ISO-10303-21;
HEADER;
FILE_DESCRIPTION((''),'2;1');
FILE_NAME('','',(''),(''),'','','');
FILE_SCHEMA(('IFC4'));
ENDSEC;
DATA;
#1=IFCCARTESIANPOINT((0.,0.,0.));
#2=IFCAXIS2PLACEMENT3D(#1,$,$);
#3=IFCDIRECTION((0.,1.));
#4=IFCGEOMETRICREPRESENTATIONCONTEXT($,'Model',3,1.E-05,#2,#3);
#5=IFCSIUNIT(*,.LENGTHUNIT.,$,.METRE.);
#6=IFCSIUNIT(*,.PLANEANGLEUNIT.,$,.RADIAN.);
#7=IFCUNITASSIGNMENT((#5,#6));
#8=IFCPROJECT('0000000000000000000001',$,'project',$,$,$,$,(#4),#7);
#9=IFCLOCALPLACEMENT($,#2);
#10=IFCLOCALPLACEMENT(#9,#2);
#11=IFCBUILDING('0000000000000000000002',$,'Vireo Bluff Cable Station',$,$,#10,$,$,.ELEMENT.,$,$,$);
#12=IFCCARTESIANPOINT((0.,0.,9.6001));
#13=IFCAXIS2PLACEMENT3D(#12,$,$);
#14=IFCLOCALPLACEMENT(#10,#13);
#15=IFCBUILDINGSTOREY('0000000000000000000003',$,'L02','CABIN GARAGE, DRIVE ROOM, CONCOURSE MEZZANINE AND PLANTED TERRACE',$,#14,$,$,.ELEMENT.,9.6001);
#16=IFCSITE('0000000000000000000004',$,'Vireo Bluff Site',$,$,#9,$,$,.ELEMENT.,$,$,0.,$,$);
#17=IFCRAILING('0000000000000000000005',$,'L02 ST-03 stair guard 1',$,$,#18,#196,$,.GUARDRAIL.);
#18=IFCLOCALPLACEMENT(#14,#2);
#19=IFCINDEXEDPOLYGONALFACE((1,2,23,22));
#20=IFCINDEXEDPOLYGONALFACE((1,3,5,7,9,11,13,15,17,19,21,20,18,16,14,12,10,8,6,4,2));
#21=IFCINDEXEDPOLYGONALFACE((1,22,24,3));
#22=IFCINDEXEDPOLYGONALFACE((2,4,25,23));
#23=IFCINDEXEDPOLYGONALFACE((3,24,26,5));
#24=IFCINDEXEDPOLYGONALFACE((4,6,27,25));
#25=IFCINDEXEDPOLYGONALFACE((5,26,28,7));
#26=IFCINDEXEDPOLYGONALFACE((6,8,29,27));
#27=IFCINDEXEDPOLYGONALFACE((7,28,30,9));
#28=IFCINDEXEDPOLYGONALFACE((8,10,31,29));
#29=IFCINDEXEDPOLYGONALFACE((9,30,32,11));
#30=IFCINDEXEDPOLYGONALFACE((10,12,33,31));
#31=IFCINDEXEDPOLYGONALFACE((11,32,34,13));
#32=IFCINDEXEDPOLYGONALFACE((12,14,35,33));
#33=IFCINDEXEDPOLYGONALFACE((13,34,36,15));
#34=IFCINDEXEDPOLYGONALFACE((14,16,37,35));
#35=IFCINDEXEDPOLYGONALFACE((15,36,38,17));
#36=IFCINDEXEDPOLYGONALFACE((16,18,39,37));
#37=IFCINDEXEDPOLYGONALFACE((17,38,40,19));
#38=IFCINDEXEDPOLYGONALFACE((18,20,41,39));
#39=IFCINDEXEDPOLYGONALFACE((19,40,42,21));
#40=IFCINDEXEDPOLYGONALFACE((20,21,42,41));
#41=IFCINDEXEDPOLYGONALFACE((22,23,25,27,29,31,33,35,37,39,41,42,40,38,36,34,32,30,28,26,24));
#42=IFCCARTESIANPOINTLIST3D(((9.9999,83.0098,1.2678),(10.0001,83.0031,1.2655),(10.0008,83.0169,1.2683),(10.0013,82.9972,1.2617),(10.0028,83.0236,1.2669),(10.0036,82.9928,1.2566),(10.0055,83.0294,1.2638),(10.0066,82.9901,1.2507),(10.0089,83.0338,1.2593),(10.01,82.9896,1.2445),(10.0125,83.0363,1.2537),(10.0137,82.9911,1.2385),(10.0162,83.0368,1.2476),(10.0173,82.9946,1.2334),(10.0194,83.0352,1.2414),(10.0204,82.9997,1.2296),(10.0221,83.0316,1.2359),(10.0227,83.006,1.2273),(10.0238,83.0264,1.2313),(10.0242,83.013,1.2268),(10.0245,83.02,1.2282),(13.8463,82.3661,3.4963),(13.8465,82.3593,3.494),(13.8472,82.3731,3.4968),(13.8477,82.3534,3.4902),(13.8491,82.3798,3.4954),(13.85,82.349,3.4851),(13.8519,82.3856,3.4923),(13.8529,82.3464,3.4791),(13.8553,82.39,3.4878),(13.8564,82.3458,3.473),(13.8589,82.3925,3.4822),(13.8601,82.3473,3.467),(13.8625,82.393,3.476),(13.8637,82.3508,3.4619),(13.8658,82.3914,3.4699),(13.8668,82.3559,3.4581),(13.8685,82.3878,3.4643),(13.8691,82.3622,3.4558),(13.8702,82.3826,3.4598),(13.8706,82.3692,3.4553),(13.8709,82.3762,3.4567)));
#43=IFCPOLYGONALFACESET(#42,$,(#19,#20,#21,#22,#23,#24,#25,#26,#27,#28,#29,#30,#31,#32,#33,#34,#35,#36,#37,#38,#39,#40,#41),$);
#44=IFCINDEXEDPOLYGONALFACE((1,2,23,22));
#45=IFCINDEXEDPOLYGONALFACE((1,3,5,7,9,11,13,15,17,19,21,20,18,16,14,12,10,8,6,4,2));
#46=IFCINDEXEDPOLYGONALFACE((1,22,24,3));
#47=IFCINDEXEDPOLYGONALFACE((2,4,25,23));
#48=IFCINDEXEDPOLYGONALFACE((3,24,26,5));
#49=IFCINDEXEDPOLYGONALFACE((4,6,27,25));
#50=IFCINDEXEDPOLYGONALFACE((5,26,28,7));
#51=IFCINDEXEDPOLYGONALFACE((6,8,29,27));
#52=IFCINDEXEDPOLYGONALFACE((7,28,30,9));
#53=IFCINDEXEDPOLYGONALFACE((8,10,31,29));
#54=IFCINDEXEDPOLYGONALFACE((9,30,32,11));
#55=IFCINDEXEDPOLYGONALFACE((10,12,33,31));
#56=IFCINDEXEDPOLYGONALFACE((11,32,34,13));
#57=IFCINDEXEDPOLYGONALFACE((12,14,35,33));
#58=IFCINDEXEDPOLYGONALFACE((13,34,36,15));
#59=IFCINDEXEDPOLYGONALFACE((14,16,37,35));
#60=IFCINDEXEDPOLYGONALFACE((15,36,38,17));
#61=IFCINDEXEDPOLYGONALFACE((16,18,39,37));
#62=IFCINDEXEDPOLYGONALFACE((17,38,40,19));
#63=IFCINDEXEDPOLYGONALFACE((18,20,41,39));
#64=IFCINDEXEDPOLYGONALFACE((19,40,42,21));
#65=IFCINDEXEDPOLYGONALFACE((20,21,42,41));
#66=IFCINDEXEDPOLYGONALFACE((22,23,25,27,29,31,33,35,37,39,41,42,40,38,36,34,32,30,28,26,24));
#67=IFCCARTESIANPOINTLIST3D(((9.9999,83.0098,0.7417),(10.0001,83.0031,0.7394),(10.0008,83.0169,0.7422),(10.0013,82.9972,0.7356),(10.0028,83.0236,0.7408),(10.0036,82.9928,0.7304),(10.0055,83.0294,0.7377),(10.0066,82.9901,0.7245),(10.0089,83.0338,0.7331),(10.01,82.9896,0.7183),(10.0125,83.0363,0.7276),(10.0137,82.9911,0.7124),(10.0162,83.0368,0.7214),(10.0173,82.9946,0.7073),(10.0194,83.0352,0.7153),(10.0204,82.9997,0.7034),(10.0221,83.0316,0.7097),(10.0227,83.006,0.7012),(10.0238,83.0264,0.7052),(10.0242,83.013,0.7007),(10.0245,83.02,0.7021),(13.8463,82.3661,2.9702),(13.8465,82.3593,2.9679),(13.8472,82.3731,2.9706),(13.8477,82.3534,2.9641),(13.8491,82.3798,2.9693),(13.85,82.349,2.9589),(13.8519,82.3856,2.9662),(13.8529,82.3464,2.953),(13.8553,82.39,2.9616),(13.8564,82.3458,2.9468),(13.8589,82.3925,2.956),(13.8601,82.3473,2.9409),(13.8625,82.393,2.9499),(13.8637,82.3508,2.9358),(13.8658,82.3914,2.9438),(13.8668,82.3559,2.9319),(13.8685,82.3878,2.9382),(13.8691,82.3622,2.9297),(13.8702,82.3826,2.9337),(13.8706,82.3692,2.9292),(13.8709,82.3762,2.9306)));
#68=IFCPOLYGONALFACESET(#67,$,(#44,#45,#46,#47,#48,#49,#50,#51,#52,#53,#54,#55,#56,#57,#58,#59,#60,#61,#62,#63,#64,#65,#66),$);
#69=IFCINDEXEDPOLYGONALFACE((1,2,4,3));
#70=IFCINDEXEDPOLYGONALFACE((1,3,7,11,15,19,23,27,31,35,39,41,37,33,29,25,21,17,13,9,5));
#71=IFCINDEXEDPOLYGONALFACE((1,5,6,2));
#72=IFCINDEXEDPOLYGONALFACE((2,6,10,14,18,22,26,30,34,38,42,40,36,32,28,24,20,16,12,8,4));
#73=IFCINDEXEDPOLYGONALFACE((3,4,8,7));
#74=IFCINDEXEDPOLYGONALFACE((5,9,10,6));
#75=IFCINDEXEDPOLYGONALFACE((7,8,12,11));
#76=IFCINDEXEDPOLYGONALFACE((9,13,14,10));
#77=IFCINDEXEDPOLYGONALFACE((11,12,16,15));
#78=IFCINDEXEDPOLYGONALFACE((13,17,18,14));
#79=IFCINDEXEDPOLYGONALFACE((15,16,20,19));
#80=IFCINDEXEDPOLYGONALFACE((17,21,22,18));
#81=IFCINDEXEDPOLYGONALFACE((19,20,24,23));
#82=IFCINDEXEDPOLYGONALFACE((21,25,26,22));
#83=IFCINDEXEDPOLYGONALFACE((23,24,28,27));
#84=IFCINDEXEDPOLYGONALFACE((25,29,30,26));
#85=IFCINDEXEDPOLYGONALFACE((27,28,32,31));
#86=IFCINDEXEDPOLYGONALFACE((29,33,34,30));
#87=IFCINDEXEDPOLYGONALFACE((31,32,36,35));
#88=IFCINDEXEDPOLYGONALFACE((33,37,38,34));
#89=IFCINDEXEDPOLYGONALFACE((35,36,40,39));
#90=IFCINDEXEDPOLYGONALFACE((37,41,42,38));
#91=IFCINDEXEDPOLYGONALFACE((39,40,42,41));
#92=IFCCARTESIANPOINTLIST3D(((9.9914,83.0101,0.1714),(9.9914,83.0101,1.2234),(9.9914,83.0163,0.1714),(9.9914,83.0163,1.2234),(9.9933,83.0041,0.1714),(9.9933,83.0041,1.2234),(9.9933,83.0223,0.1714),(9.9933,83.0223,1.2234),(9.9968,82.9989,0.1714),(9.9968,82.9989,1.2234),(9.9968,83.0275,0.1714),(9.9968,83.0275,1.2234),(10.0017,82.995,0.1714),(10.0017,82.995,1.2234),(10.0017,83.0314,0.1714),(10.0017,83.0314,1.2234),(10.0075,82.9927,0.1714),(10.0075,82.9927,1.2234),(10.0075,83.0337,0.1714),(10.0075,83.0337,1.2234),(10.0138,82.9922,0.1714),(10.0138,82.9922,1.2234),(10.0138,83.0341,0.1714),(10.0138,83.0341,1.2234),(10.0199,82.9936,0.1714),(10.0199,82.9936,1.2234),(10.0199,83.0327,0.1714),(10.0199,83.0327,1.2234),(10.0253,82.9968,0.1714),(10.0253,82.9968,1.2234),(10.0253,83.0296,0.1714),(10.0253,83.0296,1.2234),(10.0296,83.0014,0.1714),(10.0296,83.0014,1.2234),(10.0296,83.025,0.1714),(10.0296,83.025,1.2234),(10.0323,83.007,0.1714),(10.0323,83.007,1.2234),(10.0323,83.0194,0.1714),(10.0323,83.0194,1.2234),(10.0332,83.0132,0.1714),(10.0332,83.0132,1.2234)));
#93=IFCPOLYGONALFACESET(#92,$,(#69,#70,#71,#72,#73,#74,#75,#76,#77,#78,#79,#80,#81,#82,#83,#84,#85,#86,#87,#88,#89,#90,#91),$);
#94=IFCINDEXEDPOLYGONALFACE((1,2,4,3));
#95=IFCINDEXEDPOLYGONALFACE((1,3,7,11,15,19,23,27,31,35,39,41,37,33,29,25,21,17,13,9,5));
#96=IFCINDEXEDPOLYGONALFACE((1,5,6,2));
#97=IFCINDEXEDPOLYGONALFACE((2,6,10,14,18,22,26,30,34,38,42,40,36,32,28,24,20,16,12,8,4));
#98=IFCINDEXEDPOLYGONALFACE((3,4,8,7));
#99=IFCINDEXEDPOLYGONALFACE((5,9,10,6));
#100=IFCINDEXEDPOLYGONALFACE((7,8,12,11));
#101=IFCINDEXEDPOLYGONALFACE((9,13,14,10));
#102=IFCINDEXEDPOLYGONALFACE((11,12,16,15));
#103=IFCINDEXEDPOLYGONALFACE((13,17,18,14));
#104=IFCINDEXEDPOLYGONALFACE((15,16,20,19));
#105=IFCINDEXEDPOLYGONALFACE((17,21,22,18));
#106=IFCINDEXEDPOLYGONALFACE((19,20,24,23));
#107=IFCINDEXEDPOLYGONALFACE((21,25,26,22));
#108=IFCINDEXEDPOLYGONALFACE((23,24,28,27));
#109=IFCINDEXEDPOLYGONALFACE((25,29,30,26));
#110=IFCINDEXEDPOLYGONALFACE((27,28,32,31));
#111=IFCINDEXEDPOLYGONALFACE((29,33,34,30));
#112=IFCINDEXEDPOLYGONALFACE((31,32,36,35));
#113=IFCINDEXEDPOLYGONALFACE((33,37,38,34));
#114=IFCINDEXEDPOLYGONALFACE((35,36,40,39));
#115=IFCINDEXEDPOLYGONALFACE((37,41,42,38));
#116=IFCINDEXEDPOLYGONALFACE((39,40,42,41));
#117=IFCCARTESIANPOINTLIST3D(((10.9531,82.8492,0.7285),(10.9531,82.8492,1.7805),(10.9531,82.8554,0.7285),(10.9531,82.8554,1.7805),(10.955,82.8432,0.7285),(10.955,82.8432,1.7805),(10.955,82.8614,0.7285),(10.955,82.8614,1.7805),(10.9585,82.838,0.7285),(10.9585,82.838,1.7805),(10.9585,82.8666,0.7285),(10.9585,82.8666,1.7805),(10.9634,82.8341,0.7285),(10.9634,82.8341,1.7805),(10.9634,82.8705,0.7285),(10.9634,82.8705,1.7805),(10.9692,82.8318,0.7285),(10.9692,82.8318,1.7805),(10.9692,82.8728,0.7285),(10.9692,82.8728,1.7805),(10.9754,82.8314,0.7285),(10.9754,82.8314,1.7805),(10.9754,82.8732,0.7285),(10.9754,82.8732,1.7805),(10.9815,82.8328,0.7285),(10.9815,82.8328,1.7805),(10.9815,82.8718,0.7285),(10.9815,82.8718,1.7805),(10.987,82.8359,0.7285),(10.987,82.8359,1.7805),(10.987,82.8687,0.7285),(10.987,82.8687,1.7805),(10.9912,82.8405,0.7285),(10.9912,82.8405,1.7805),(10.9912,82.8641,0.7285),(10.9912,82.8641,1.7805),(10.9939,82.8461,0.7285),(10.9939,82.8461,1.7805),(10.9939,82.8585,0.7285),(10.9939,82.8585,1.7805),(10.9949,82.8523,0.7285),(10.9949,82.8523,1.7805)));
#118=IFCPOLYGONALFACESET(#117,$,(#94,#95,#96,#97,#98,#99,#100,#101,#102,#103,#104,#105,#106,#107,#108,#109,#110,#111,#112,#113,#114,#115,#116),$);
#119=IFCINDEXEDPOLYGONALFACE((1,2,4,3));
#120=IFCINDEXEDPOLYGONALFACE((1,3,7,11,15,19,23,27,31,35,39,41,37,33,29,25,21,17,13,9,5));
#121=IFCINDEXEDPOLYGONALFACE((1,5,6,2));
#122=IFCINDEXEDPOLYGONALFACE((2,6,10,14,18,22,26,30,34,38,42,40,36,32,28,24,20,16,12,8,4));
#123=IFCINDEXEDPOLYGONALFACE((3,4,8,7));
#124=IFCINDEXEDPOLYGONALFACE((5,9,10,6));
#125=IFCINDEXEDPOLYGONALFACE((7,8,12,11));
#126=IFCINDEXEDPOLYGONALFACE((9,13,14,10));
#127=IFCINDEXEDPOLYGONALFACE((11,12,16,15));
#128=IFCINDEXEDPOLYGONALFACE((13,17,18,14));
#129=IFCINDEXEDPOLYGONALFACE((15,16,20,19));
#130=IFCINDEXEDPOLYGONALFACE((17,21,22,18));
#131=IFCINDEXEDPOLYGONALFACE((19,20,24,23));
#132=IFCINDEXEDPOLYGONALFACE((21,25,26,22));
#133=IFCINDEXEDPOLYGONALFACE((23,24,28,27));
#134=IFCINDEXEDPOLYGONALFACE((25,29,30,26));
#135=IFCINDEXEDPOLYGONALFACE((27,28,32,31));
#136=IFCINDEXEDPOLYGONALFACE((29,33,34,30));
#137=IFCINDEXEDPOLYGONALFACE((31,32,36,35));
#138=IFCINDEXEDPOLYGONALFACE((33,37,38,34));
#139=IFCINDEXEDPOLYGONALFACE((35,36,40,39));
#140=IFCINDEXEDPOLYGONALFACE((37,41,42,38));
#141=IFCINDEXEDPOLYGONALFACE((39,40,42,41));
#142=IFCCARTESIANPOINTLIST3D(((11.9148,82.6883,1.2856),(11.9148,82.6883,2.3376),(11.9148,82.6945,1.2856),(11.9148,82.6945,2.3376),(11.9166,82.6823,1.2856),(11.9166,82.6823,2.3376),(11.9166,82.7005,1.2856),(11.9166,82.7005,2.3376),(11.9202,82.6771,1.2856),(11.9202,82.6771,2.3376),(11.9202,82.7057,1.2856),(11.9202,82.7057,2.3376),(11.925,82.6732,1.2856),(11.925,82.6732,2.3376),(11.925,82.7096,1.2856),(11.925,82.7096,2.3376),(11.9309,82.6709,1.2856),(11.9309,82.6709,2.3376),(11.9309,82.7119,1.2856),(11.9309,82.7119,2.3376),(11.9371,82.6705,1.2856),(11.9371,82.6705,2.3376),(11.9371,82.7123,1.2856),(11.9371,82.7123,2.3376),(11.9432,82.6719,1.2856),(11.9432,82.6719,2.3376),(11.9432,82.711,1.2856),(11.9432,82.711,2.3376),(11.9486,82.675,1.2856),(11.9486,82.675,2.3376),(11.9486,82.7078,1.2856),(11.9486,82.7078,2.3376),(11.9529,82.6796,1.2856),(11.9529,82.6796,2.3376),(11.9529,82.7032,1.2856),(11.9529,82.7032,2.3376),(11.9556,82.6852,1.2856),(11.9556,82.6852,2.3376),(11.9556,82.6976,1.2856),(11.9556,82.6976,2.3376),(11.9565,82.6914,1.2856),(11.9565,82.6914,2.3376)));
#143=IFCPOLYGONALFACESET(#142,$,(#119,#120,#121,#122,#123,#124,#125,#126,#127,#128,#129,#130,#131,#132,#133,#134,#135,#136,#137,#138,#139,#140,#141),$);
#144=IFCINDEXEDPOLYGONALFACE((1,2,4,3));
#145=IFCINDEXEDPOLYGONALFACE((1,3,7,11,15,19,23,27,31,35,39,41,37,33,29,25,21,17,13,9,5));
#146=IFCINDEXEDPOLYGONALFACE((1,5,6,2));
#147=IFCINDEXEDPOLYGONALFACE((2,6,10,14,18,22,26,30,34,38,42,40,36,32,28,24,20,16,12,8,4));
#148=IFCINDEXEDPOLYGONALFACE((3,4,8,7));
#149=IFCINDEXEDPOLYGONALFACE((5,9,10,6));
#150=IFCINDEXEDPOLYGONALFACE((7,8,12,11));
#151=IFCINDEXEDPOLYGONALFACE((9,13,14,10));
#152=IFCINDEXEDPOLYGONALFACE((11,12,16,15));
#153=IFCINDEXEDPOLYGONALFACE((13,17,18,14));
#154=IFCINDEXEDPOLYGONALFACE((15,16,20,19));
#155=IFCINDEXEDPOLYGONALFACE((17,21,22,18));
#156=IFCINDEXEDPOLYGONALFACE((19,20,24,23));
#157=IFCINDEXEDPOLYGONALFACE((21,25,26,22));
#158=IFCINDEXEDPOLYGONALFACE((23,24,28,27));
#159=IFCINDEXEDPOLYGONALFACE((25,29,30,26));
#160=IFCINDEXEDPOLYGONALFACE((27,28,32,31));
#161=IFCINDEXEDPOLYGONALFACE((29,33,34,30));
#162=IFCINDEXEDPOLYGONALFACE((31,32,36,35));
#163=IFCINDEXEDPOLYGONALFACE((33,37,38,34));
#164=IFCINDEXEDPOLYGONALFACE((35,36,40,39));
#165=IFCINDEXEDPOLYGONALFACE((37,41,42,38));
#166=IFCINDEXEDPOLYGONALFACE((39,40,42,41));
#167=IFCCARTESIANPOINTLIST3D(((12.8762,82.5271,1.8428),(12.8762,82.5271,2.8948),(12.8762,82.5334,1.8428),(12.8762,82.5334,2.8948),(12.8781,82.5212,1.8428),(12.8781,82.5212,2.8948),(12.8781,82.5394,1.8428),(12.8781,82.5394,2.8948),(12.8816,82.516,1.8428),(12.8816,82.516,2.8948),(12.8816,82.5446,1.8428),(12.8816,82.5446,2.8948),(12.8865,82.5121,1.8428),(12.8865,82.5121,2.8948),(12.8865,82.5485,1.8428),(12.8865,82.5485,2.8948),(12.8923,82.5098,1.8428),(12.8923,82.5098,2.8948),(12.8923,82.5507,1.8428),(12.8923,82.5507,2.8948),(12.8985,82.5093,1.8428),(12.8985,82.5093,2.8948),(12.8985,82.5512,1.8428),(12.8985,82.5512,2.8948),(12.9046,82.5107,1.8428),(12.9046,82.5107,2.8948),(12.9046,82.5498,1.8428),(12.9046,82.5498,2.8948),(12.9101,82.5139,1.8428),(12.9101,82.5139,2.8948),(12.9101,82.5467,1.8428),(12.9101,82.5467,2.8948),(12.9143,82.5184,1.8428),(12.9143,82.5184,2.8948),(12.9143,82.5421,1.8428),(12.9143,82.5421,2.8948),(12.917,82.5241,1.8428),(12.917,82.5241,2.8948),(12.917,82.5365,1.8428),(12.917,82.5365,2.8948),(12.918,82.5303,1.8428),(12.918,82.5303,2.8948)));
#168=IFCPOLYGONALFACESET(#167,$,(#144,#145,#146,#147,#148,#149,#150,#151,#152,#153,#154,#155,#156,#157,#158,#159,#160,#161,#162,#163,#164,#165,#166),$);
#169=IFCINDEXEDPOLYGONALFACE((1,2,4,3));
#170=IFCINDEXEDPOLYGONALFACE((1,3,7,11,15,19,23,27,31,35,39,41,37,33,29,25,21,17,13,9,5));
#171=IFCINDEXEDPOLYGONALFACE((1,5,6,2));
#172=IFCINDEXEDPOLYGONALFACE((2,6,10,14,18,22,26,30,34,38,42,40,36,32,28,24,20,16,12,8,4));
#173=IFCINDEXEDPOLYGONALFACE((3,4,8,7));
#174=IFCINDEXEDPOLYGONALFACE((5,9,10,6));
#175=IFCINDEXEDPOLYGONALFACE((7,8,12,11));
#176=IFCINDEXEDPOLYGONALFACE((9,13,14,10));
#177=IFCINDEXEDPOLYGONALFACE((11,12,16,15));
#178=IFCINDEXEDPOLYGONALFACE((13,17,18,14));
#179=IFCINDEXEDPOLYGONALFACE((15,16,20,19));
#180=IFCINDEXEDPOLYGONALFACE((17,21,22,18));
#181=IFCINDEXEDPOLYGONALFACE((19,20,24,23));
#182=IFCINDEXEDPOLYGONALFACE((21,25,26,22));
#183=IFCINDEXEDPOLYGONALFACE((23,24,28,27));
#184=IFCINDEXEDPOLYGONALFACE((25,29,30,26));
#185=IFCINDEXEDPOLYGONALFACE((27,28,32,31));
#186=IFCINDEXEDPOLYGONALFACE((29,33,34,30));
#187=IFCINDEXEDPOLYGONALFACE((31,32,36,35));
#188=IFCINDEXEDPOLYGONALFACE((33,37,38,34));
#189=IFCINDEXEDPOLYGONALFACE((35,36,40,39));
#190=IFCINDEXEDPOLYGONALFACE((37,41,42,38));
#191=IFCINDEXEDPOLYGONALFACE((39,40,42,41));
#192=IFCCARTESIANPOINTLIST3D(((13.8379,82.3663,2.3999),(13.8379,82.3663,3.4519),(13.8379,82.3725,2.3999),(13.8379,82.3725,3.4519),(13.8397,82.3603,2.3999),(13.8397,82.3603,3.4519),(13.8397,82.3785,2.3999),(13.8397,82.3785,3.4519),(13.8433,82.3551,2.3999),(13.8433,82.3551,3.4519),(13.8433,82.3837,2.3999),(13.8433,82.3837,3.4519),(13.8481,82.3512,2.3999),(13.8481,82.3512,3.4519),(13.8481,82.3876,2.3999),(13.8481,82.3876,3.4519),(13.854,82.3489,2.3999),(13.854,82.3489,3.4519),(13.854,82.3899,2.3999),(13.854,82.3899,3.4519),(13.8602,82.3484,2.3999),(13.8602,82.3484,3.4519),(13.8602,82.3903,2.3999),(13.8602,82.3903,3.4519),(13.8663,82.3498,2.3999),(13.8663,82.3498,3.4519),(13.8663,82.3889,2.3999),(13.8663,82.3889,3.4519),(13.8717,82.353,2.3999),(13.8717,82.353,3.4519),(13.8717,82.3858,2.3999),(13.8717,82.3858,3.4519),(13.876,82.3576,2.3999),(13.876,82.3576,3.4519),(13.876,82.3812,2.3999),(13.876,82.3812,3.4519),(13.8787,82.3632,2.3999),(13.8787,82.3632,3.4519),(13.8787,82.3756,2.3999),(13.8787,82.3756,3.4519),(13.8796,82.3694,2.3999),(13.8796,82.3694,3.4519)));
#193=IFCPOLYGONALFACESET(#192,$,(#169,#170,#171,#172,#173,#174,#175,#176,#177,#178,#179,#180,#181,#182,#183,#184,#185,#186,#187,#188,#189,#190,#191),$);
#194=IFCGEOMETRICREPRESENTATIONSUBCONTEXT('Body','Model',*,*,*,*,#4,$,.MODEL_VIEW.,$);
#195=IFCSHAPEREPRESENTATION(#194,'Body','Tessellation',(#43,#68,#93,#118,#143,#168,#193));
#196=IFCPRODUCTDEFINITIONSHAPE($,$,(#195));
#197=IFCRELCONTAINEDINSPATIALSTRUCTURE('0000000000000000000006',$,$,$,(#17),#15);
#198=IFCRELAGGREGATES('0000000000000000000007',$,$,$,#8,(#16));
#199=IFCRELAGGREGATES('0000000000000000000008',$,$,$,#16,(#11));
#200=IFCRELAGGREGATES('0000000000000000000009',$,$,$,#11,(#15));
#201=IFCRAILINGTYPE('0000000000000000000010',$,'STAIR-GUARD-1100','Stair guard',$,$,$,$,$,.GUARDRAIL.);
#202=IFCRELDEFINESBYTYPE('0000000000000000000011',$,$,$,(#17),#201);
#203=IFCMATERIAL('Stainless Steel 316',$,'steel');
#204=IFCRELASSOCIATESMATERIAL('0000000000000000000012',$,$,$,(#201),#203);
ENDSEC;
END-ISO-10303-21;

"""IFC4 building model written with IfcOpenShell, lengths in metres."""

from ifc_helpers import new_model, si_unit, direction, frame, origin, origin_2d, place, context, subcontext, project, spatial, circle, extrude, material, type_object, element, save


model = new_model("IFC4")

# Units and contexts
model_context = context("Model", 3, precision=1e-05, world=origin(), true_north=direction((0.0, 1.0)))
body_context = subcontext(model_context, "Body", "Model", "MODEL_VIEW")
ifc_project = project(units=[si_unit("LENGTHUNIT", "METRE"), si_unit("PLANEANGLEUNIT", "RADIAN")], contexts=[model_context])

# Site, building, storey
site_placement = place(None, origin())
site = spatial("IfcSite", under=ifc_project, at=site_placement, Name="Vireo Bluff Site", CompositionType="ELEMENT", RefElevation=0.0)
building_placement = place(site_placement, origin())
building = spatial("IfcBuilding", under=site, at=building_placement, Name="Vireo Bluff Cable Station", CompositionType="ELEMENT")
storey_placement = place(building_placement, frame((0.0, 0.0, 9.6001)))
storey = spatial("IfcBuildingStorey", under=building, at=storey_placement, Name="L02", Description="CABIN GARAGE, DRIVE ROOM, CONCOURSE MEZZANINE AND PLANTED TERRACE", CompositionType="ELEMENT", Elevation=9.6001)

# Shared definitions
ifc_material_1 = material(Name="Stainless Steel 316", Category="steel")

# Railing
railing_type_1 = type_object("IfcRailingType", Name="STAIR-GUARD-1100", Description="Stair guard", PredefinedType="GUARDRAIL", material=ifc_material_1)
railing_1_placement = place(storey_placement, frame((10.0122, 83.0132, 0.1714)))
element("IfcRailing", 1, at=railing_1_placement, inside=storey, type_object=railing_type_1, Name="L02 ST-03 stair guard 1", PredefinedType="GUARDRAIL", context=body_context, shape_type="SweptSolid", body=[
    extrude(circle(Radius=0.0239, at=origin_2d()), frame((0.0, 0.0, 1.0762), z_axis=(0.856333, -0.143329, 0.496135), x_axis=(0.165079, 0.98628, 0.0)), (0.0, 0.0, 1.0), 4.4917),
    extrude(circle(Radius=0.0239, at=origin_2d()), frame((0.0, 0.0, 0.55), z_axis=(0.856333, -0.143329, 0.496135), x_axis=(0.165079, 0.98628, 0.0)), (0.0, 0.0, 1.0), 4.4917),
    extrude(circle(Radius=0.021, at=origin_2d()), origin(), (0.0, 0.0, 1.0), 1.052),
    extrude(circle(Radius=0.021, at=origin_2d()), frame((0.9617, -0.1609, 0.5571)), (0.0, 0.0, 1.0), 1.052),
    extrude(circle(Radius=0.021, at=origin_2d()), frame((1.9233, -0.3218, 1.1143)), (0.0, 0.0, 1.0), 1.052),
    extrude(circle(Radius=0.021, at=origin_2d()), frame((2.8848, -0.4829, 1.6714)), (0.0, 0.0, 1.0), 1.052),
    extrude(circle(Radius=0.021, at=origin_2d()), frame((3.8464, -0.6438, 2.2285)), (0.0, 0.0, 1.0), 1.052),
])

save(model, "model.ifc")
